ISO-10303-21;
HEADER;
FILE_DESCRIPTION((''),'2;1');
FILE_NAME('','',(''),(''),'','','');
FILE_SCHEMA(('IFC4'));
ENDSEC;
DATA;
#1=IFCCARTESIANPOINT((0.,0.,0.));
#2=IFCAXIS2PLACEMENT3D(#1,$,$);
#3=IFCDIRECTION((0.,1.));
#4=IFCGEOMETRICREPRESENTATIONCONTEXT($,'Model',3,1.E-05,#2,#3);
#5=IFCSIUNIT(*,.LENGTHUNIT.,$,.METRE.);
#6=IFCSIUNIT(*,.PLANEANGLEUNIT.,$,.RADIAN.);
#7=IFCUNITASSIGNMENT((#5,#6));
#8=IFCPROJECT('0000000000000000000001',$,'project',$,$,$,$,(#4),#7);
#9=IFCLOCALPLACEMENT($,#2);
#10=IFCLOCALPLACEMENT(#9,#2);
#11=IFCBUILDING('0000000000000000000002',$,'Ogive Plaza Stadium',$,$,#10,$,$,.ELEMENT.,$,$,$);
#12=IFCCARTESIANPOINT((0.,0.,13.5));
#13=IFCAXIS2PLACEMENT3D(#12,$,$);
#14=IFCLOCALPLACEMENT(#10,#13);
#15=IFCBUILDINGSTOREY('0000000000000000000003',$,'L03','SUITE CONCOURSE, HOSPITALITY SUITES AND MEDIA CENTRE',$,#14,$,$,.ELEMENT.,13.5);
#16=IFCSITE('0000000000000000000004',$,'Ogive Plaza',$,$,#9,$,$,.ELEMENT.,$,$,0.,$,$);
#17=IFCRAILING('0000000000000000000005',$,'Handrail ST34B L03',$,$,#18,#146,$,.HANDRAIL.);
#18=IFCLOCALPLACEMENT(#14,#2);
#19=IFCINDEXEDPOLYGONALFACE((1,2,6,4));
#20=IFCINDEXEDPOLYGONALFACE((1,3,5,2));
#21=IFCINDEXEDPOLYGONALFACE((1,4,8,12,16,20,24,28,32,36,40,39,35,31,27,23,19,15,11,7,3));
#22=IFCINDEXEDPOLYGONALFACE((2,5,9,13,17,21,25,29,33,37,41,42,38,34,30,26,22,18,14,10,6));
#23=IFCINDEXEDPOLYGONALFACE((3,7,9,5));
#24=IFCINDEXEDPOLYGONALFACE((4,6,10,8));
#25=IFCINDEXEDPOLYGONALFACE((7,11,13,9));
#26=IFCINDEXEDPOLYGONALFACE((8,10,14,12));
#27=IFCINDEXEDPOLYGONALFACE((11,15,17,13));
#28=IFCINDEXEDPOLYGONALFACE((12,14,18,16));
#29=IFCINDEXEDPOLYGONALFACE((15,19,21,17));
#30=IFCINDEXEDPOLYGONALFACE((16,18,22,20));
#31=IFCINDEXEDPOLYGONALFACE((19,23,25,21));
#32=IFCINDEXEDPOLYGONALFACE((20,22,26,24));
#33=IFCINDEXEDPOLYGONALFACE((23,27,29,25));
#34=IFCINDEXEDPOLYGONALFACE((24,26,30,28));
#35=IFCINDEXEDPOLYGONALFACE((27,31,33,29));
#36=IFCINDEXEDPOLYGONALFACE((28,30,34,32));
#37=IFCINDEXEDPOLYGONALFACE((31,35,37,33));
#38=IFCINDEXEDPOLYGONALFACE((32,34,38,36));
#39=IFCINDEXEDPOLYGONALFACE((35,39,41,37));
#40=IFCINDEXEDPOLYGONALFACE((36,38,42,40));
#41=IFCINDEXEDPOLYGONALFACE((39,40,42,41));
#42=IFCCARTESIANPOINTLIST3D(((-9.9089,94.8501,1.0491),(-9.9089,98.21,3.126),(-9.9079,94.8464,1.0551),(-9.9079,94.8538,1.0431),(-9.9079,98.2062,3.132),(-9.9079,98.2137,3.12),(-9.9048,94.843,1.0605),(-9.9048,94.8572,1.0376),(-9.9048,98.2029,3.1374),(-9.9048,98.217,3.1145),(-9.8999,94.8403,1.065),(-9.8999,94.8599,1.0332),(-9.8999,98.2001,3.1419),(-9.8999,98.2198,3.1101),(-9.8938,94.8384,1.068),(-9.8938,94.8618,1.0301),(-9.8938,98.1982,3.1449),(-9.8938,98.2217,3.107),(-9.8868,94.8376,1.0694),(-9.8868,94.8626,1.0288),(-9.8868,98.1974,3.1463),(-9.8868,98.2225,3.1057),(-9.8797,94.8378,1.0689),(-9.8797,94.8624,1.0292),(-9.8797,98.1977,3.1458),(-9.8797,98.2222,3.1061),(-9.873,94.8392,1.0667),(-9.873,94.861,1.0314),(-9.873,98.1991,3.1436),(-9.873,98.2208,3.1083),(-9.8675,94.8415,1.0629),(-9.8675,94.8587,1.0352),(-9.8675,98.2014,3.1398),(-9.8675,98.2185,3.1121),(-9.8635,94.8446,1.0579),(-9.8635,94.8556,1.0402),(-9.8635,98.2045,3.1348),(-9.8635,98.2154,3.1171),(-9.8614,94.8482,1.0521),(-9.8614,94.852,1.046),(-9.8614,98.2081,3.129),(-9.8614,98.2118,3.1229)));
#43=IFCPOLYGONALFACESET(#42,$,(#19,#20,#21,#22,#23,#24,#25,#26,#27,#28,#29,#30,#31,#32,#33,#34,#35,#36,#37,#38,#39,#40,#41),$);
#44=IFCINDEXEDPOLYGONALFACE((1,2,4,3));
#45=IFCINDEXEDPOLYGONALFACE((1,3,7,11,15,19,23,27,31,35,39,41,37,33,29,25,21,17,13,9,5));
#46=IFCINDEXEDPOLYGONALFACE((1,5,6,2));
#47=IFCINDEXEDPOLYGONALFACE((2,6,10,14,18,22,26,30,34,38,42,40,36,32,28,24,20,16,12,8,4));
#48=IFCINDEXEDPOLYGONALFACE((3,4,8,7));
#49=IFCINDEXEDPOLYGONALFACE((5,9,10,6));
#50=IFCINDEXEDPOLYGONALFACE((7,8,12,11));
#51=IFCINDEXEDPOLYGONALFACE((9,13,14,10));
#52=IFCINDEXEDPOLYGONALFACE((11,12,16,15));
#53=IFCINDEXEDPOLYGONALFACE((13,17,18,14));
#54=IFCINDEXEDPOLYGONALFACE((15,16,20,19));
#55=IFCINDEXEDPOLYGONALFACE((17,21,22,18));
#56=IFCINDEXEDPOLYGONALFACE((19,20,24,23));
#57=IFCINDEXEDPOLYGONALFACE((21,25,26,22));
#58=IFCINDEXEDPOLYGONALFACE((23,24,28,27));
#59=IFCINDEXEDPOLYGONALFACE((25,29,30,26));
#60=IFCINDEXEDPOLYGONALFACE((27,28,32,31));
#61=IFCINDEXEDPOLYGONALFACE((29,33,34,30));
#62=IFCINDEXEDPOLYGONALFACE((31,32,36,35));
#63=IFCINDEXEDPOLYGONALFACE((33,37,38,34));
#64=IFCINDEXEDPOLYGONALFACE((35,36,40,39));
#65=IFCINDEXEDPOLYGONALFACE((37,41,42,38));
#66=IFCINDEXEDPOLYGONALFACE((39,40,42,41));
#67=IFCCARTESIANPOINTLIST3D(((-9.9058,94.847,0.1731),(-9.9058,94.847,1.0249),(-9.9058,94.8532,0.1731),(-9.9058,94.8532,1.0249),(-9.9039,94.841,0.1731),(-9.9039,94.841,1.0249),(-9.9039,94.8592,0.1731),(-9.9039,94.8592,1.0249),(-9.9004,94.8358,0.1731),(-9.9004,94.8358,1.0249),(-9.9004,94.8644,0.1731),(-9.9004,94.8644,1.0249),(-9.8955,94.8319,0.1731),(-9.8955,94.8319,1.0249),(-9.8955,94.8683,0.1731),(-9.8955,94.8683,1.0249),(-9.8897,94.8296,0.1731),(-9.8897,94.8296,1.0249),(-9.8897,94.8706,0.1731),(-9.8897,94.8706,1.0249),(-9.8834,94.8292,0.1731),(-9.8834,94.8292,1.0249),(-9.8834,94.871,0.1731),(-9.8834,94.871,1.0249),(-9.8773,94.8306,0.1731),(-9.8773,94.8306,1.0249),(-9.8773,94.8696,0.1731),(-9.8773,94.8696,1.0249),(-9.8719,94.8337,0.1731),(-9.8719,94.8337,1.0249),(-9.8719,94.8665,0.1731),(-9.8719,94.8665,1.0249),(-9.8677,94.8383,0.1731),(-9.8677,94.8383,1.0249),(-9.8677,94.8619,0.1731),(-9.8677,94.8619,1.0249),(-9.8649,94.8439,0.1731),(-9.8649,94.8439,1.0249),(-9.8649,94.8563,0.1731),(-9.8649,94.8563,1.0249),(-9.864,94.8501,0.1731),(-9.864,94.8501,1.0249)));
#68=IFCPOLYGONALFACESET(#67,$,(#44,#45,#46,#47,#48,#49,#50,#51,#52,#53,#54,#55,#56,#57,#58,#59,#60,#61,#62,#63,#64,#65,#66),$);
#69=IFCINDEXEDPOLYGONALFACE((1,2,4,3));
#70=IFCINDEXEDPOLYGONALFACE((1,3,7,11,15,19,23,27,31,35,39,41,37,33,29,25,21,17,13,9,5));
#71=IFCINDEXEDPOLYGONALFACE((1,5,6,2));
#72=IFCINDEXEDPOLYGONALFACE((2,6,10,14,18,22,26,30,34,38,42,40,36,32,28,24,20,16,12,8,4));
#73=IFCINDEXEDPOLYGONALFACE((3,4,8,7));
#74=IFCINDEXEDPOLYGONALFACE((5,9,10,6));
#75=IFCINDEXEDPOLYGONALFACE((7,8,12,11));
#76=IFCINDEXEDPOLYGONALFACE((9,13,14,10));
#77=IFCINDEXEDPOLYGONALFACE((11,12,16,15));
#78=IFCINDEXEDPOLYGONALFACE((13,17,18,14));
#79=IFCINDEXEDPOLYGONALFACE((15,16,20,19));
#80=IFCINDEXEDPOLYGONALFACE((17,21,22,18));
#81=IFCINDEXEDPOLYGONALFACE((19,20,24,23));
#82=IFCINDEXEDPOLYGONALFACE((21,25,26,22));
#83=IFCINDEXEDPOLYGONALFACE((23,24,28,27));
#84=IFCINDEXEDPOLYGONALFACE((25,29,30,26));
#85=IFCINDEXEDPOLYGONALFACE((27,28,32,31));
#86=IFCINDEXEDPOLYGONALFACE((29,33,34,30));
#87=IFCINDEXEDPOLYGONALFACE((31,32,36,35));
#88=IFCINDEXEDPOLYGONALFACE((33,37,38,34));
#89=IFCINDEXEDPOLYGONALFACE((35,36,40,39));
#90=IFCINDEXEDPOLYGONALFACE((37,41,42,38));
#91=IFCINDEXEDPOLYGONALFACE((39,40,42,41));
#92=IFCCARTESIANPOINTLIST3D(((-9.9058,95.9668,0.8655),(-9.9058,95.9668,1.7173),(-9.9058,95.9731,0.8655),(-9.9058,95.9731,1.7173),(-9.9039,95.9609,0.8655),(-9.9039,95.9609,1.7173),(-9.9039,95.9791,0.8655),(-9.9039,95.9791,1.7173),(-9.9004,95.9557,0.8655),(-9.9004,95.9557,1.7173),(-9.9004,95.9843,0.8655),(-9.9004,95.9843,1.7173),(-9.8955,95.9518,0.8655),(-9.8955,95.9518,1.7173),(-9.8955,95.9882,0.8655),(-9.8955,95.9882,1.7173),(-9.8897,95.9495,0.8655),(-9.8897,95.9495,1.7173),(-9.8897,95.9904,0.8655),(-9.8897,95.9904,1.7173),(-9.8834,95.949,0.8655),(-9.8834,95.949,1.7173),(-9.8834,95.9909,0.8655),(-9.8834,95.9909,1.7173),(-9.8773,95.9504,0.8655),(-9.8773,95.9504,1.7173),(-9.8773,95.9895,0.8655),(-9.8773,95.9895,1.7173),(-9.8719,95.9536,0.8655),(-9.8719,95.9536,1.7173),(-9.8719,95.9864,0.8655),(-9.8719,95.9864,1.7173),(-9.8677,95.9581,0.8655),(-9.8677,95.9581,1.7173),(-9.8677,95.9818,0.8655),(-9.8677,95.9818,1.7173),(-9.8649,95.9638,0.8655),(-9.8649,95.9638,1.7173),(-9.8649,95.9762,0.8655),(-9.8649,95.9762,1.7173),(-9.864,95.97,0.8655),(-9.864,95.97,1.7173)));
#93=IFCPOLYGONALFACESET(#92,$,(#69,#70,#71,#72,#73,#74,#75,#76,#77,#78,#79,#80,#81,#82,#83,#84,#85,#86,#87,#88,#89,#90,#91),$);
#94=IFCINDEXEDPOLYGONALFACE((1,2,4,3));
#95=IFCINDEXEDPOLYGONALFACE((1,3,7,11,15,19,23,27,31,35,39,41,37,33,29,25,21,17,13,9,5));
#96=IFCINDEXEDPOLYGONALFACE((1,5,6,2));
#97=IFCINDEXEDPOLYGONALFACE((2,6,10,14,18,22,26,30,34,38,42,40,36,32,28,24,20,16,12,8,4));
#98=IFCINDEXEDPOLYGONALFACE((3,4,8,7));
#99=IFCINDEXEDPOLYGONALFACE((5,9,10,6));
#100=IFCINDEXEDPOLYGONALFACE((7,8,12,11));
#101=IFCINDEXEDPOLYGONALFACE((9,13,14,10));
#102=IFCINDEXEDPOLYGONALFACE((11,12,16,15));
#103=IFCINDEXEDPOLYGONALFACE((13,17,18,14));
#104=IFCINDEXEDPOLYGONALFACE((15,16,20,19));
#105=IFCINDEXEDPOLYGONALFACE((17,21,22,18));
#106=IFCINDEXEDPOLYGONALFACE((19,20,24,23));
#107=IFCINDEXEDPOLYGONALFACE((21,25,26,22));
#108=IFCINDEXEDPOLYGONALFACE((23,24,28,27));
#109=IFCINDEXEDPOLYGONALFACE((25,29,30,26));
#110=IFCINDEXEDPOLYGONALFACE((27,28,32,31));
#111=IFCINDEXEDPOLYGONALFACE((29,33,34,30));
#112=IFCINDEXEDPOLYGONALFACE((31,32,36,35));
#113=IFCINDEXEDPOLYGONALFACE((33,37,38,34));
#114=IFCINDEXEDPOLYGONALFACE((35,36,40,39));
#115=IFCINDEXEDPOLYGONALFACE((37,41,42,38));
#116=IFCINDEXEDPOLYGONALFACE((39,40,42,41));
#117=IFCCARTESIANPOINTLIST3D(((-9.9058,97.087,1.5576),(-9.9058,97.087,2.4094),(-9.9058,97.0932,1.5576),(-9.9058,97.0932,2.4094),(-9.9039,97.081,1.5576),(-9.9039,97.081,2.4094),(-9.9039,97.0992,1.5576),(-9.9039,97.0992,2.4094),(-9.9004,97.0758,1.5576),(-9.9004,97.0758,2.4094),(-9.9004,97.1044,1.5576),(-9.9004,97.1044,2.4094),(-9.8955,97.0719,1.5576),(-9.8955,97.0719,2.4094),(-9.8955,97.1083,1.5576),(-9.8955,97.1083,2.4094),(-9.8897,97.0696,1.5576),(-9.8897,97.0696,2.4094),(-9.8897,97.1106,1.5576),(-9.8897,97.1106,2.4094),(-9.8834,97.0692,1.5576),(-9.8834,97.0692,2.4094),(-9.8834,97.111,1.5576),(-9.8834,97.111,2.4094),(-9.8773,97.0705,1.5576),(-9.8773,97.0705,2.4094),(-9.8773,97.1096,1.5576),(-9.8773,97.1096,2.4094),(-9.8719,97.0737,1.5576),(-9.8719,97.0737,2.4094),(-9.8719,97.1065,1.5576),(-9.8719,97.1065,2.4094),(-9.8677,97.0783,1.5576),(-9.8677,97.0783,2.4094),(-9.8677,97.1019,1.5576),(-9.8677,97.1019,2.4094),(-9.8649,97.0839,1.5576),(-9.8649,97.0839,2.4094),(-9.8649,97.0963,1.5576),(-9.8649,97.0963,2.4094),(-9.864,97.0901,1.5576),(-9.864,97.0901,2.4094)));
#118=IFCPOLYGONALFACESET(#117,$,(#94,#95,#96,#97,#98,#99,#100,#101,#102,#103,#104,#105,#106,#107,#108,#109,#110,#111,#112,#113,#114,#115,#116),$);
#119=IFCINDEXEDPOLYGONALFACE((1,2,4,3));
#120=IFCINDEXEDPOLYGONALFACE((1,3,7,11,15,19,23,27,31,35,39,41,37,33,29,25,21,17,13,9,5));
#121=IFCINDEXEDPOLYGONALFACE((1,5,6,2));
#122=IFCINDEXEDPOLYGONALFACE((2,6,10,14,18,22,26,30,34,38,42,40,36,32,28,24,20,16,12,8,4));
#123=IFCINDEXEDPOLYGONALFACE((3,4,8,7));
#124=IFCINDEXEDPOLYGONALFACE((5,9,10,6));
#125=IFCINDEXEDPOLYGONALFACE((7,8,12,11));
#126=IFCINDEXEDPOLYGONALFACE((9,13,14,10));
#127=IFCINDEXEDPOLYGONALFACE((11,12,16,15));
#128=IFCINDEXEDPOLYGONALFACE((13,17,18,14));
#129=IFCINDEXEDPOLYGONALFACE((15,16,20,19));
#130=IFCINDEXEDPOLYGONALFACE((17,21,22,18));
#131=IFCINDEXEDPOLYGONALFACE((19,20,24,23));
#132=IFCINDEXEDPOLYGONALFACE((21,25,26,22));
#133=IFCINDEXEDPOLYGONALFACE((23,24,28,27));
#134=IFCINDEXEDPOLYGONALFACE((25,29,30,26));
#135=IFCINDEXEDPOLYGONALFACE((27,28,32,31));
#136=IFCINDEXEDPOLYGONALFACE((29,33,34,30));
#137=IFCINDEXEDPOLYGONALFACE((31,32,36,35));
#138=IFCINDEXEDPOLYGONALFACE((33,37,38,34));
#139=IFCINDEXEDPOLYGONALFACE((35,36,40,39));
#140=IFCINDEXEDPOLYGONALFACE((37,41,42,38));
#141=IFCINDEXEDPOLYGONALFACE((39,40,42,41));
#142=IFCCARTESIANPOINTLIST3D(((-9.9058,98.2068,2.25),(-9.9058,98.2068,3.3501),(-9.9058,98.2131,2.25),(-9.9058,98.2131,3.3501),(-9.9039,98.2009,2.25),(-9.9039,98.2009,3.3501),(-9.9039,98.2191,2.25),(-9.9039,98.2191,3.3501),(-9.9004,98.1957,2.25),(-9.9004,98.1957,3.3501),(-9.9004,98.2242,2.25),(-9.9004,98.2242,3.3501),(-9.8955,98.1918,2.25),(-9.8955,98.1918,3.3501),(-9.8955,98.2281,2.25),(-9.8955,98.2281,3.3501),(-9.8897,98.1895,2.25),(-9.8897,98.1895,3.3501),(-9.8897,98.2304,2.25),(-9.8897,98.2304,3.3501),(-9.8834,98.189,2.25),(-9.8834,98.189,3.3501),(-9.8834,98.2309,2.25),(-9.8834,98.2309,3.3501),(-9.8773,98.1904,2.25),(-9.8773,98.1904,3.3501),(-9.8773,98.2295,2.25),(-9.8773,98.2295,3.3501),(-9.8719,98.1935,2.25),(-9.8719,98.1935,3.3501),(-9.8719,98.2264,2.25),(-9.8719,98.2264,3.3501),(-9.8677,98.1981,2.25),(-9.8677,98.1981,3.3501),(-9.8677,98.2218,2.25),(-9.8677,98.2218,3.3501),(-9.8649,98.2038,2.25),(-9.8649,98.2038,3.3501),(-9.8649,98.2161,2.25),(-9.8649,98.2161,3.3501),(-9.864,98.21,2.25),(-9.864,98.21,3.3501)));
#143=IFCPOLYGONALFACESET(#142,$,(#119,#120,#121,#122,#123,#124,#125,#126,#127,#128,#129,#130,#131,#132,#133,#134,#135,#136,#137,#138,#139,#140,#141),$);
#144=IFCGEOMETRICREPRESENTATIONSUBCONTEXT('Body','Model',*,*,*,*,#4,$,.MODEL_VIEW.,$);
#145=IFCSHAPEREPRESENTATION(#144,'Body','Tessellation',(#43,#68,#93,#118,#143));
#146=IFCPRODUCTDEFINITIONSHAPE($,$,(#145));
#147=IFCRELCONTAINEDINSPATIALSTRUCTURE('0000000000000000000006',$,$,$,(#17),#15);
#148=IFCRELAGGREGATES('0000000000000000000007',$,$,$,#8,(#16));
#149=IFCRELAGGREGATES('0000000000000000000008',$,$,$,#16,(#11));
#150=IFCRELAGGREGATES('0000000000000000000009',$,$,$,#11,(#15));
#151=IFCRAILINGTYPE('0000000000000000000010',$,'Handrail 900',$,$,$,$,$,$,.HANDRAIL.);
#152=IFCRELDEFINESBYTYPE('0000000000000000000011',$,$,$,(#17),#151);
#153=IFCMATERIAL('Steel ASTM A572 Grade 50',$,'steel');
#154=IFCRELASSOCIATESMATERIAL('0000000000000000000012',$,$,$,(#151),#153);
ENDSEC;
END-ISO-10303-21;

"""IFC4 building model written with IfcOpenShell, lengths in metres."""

from ifc_helpers import new_model, si_unit, direction, frame, origin, origin_2d, place, context, subcontext, project, spatial, circle, extrude, material, type_object, element, save


model = new_model("IFC4")

# Units and contexts
model_context = context("Model", 3, precision=1e-05, world=origin(), true_north=direction((0.0, 1.0)))
body_context = subcontext(model_context, "Body", "Model", "MODEL_VIEW")
ifc_project = project(units=[si_unit("LENGTHUNIT", "METRE"), si_unit("PLANEANGLEUNIT", "RADIAN")], contexts=[model_context])

# Site, building, storey
site_placement = place(None, origin())
site = spatial("IfcSite", under=ifc_project, at=site_placement, Name="Ogive Plaza", CompositionType="ELEMENT", RefElevation=0.0)
building_placement = place(site_placement, origin())
building = spatial("IfcBuilding", under=site, at=building_placement, Name="Ogive Plaza Stadium", CompositionType="ELEMENT")
storey_placement = place(building_placement, frame((0.0, 0.0, 13.5)))
storey = spatial("IfcBuildingStorey", under=building, at=storey_placement, Name="L03", Description="SUITE CONCOURSE, HOSPITALITY SUITES AND MEDIA CENTRE", CompositionType="ELEMENT", Elevation=13.5)

# Railing
ifc_material_1 = material(Name="Steel ASTM A572 Grade 50", Category="steel")
railing_type_1 = type_object("IfcRailingType", Name="Handrail 900", PredefinedType="HANDRAIL", material=ifc_material_1)
railing_placement = place(storey_placement, frame((-9.885, 94.8501, 0.1731)))
element("IfcRailing", 1, at=railing_placement, inside=storey, type_object=railing_type_1, Name="Handrail ST34B L03", PredefinedType="HANDRAIL", context=body_context, shape_type="SweptSolid", body=[
    extrude(circle(Radius=0.0239, at=origin_2d()), frame((0.0, 0.0, 0.876), z_axis=(0.0, 0.850606, 0.525803), x_axis=(-1.0, 0.0, 0.0)), (0.0, 0.0, 1.0), 3.95),
    extrude(circle(Radius=0.021, at=origin_2d()), origin(), (0.0, 0.0, 1.0), 0.8518),
    extrude(circle(Radius=0.021, at=origin_2d()), frame((0.0, 1.1199, 0.6924)), (0.0, 0.0, 1.0), 0.8518),
    extrude(circle(Radius=0.021, at=origin_2d()), frame((0.0, 2.24, 1.3845)), (0.0, 0.0, 1.0), 0.8518),
    extrude(circle(Radius=0.021, at=origin_2d()), frame((0.0, 3.3599, 2.0769)), (0.0, 0.0, 1.0), 1.1001),
])

save(model, "model.ifc")
